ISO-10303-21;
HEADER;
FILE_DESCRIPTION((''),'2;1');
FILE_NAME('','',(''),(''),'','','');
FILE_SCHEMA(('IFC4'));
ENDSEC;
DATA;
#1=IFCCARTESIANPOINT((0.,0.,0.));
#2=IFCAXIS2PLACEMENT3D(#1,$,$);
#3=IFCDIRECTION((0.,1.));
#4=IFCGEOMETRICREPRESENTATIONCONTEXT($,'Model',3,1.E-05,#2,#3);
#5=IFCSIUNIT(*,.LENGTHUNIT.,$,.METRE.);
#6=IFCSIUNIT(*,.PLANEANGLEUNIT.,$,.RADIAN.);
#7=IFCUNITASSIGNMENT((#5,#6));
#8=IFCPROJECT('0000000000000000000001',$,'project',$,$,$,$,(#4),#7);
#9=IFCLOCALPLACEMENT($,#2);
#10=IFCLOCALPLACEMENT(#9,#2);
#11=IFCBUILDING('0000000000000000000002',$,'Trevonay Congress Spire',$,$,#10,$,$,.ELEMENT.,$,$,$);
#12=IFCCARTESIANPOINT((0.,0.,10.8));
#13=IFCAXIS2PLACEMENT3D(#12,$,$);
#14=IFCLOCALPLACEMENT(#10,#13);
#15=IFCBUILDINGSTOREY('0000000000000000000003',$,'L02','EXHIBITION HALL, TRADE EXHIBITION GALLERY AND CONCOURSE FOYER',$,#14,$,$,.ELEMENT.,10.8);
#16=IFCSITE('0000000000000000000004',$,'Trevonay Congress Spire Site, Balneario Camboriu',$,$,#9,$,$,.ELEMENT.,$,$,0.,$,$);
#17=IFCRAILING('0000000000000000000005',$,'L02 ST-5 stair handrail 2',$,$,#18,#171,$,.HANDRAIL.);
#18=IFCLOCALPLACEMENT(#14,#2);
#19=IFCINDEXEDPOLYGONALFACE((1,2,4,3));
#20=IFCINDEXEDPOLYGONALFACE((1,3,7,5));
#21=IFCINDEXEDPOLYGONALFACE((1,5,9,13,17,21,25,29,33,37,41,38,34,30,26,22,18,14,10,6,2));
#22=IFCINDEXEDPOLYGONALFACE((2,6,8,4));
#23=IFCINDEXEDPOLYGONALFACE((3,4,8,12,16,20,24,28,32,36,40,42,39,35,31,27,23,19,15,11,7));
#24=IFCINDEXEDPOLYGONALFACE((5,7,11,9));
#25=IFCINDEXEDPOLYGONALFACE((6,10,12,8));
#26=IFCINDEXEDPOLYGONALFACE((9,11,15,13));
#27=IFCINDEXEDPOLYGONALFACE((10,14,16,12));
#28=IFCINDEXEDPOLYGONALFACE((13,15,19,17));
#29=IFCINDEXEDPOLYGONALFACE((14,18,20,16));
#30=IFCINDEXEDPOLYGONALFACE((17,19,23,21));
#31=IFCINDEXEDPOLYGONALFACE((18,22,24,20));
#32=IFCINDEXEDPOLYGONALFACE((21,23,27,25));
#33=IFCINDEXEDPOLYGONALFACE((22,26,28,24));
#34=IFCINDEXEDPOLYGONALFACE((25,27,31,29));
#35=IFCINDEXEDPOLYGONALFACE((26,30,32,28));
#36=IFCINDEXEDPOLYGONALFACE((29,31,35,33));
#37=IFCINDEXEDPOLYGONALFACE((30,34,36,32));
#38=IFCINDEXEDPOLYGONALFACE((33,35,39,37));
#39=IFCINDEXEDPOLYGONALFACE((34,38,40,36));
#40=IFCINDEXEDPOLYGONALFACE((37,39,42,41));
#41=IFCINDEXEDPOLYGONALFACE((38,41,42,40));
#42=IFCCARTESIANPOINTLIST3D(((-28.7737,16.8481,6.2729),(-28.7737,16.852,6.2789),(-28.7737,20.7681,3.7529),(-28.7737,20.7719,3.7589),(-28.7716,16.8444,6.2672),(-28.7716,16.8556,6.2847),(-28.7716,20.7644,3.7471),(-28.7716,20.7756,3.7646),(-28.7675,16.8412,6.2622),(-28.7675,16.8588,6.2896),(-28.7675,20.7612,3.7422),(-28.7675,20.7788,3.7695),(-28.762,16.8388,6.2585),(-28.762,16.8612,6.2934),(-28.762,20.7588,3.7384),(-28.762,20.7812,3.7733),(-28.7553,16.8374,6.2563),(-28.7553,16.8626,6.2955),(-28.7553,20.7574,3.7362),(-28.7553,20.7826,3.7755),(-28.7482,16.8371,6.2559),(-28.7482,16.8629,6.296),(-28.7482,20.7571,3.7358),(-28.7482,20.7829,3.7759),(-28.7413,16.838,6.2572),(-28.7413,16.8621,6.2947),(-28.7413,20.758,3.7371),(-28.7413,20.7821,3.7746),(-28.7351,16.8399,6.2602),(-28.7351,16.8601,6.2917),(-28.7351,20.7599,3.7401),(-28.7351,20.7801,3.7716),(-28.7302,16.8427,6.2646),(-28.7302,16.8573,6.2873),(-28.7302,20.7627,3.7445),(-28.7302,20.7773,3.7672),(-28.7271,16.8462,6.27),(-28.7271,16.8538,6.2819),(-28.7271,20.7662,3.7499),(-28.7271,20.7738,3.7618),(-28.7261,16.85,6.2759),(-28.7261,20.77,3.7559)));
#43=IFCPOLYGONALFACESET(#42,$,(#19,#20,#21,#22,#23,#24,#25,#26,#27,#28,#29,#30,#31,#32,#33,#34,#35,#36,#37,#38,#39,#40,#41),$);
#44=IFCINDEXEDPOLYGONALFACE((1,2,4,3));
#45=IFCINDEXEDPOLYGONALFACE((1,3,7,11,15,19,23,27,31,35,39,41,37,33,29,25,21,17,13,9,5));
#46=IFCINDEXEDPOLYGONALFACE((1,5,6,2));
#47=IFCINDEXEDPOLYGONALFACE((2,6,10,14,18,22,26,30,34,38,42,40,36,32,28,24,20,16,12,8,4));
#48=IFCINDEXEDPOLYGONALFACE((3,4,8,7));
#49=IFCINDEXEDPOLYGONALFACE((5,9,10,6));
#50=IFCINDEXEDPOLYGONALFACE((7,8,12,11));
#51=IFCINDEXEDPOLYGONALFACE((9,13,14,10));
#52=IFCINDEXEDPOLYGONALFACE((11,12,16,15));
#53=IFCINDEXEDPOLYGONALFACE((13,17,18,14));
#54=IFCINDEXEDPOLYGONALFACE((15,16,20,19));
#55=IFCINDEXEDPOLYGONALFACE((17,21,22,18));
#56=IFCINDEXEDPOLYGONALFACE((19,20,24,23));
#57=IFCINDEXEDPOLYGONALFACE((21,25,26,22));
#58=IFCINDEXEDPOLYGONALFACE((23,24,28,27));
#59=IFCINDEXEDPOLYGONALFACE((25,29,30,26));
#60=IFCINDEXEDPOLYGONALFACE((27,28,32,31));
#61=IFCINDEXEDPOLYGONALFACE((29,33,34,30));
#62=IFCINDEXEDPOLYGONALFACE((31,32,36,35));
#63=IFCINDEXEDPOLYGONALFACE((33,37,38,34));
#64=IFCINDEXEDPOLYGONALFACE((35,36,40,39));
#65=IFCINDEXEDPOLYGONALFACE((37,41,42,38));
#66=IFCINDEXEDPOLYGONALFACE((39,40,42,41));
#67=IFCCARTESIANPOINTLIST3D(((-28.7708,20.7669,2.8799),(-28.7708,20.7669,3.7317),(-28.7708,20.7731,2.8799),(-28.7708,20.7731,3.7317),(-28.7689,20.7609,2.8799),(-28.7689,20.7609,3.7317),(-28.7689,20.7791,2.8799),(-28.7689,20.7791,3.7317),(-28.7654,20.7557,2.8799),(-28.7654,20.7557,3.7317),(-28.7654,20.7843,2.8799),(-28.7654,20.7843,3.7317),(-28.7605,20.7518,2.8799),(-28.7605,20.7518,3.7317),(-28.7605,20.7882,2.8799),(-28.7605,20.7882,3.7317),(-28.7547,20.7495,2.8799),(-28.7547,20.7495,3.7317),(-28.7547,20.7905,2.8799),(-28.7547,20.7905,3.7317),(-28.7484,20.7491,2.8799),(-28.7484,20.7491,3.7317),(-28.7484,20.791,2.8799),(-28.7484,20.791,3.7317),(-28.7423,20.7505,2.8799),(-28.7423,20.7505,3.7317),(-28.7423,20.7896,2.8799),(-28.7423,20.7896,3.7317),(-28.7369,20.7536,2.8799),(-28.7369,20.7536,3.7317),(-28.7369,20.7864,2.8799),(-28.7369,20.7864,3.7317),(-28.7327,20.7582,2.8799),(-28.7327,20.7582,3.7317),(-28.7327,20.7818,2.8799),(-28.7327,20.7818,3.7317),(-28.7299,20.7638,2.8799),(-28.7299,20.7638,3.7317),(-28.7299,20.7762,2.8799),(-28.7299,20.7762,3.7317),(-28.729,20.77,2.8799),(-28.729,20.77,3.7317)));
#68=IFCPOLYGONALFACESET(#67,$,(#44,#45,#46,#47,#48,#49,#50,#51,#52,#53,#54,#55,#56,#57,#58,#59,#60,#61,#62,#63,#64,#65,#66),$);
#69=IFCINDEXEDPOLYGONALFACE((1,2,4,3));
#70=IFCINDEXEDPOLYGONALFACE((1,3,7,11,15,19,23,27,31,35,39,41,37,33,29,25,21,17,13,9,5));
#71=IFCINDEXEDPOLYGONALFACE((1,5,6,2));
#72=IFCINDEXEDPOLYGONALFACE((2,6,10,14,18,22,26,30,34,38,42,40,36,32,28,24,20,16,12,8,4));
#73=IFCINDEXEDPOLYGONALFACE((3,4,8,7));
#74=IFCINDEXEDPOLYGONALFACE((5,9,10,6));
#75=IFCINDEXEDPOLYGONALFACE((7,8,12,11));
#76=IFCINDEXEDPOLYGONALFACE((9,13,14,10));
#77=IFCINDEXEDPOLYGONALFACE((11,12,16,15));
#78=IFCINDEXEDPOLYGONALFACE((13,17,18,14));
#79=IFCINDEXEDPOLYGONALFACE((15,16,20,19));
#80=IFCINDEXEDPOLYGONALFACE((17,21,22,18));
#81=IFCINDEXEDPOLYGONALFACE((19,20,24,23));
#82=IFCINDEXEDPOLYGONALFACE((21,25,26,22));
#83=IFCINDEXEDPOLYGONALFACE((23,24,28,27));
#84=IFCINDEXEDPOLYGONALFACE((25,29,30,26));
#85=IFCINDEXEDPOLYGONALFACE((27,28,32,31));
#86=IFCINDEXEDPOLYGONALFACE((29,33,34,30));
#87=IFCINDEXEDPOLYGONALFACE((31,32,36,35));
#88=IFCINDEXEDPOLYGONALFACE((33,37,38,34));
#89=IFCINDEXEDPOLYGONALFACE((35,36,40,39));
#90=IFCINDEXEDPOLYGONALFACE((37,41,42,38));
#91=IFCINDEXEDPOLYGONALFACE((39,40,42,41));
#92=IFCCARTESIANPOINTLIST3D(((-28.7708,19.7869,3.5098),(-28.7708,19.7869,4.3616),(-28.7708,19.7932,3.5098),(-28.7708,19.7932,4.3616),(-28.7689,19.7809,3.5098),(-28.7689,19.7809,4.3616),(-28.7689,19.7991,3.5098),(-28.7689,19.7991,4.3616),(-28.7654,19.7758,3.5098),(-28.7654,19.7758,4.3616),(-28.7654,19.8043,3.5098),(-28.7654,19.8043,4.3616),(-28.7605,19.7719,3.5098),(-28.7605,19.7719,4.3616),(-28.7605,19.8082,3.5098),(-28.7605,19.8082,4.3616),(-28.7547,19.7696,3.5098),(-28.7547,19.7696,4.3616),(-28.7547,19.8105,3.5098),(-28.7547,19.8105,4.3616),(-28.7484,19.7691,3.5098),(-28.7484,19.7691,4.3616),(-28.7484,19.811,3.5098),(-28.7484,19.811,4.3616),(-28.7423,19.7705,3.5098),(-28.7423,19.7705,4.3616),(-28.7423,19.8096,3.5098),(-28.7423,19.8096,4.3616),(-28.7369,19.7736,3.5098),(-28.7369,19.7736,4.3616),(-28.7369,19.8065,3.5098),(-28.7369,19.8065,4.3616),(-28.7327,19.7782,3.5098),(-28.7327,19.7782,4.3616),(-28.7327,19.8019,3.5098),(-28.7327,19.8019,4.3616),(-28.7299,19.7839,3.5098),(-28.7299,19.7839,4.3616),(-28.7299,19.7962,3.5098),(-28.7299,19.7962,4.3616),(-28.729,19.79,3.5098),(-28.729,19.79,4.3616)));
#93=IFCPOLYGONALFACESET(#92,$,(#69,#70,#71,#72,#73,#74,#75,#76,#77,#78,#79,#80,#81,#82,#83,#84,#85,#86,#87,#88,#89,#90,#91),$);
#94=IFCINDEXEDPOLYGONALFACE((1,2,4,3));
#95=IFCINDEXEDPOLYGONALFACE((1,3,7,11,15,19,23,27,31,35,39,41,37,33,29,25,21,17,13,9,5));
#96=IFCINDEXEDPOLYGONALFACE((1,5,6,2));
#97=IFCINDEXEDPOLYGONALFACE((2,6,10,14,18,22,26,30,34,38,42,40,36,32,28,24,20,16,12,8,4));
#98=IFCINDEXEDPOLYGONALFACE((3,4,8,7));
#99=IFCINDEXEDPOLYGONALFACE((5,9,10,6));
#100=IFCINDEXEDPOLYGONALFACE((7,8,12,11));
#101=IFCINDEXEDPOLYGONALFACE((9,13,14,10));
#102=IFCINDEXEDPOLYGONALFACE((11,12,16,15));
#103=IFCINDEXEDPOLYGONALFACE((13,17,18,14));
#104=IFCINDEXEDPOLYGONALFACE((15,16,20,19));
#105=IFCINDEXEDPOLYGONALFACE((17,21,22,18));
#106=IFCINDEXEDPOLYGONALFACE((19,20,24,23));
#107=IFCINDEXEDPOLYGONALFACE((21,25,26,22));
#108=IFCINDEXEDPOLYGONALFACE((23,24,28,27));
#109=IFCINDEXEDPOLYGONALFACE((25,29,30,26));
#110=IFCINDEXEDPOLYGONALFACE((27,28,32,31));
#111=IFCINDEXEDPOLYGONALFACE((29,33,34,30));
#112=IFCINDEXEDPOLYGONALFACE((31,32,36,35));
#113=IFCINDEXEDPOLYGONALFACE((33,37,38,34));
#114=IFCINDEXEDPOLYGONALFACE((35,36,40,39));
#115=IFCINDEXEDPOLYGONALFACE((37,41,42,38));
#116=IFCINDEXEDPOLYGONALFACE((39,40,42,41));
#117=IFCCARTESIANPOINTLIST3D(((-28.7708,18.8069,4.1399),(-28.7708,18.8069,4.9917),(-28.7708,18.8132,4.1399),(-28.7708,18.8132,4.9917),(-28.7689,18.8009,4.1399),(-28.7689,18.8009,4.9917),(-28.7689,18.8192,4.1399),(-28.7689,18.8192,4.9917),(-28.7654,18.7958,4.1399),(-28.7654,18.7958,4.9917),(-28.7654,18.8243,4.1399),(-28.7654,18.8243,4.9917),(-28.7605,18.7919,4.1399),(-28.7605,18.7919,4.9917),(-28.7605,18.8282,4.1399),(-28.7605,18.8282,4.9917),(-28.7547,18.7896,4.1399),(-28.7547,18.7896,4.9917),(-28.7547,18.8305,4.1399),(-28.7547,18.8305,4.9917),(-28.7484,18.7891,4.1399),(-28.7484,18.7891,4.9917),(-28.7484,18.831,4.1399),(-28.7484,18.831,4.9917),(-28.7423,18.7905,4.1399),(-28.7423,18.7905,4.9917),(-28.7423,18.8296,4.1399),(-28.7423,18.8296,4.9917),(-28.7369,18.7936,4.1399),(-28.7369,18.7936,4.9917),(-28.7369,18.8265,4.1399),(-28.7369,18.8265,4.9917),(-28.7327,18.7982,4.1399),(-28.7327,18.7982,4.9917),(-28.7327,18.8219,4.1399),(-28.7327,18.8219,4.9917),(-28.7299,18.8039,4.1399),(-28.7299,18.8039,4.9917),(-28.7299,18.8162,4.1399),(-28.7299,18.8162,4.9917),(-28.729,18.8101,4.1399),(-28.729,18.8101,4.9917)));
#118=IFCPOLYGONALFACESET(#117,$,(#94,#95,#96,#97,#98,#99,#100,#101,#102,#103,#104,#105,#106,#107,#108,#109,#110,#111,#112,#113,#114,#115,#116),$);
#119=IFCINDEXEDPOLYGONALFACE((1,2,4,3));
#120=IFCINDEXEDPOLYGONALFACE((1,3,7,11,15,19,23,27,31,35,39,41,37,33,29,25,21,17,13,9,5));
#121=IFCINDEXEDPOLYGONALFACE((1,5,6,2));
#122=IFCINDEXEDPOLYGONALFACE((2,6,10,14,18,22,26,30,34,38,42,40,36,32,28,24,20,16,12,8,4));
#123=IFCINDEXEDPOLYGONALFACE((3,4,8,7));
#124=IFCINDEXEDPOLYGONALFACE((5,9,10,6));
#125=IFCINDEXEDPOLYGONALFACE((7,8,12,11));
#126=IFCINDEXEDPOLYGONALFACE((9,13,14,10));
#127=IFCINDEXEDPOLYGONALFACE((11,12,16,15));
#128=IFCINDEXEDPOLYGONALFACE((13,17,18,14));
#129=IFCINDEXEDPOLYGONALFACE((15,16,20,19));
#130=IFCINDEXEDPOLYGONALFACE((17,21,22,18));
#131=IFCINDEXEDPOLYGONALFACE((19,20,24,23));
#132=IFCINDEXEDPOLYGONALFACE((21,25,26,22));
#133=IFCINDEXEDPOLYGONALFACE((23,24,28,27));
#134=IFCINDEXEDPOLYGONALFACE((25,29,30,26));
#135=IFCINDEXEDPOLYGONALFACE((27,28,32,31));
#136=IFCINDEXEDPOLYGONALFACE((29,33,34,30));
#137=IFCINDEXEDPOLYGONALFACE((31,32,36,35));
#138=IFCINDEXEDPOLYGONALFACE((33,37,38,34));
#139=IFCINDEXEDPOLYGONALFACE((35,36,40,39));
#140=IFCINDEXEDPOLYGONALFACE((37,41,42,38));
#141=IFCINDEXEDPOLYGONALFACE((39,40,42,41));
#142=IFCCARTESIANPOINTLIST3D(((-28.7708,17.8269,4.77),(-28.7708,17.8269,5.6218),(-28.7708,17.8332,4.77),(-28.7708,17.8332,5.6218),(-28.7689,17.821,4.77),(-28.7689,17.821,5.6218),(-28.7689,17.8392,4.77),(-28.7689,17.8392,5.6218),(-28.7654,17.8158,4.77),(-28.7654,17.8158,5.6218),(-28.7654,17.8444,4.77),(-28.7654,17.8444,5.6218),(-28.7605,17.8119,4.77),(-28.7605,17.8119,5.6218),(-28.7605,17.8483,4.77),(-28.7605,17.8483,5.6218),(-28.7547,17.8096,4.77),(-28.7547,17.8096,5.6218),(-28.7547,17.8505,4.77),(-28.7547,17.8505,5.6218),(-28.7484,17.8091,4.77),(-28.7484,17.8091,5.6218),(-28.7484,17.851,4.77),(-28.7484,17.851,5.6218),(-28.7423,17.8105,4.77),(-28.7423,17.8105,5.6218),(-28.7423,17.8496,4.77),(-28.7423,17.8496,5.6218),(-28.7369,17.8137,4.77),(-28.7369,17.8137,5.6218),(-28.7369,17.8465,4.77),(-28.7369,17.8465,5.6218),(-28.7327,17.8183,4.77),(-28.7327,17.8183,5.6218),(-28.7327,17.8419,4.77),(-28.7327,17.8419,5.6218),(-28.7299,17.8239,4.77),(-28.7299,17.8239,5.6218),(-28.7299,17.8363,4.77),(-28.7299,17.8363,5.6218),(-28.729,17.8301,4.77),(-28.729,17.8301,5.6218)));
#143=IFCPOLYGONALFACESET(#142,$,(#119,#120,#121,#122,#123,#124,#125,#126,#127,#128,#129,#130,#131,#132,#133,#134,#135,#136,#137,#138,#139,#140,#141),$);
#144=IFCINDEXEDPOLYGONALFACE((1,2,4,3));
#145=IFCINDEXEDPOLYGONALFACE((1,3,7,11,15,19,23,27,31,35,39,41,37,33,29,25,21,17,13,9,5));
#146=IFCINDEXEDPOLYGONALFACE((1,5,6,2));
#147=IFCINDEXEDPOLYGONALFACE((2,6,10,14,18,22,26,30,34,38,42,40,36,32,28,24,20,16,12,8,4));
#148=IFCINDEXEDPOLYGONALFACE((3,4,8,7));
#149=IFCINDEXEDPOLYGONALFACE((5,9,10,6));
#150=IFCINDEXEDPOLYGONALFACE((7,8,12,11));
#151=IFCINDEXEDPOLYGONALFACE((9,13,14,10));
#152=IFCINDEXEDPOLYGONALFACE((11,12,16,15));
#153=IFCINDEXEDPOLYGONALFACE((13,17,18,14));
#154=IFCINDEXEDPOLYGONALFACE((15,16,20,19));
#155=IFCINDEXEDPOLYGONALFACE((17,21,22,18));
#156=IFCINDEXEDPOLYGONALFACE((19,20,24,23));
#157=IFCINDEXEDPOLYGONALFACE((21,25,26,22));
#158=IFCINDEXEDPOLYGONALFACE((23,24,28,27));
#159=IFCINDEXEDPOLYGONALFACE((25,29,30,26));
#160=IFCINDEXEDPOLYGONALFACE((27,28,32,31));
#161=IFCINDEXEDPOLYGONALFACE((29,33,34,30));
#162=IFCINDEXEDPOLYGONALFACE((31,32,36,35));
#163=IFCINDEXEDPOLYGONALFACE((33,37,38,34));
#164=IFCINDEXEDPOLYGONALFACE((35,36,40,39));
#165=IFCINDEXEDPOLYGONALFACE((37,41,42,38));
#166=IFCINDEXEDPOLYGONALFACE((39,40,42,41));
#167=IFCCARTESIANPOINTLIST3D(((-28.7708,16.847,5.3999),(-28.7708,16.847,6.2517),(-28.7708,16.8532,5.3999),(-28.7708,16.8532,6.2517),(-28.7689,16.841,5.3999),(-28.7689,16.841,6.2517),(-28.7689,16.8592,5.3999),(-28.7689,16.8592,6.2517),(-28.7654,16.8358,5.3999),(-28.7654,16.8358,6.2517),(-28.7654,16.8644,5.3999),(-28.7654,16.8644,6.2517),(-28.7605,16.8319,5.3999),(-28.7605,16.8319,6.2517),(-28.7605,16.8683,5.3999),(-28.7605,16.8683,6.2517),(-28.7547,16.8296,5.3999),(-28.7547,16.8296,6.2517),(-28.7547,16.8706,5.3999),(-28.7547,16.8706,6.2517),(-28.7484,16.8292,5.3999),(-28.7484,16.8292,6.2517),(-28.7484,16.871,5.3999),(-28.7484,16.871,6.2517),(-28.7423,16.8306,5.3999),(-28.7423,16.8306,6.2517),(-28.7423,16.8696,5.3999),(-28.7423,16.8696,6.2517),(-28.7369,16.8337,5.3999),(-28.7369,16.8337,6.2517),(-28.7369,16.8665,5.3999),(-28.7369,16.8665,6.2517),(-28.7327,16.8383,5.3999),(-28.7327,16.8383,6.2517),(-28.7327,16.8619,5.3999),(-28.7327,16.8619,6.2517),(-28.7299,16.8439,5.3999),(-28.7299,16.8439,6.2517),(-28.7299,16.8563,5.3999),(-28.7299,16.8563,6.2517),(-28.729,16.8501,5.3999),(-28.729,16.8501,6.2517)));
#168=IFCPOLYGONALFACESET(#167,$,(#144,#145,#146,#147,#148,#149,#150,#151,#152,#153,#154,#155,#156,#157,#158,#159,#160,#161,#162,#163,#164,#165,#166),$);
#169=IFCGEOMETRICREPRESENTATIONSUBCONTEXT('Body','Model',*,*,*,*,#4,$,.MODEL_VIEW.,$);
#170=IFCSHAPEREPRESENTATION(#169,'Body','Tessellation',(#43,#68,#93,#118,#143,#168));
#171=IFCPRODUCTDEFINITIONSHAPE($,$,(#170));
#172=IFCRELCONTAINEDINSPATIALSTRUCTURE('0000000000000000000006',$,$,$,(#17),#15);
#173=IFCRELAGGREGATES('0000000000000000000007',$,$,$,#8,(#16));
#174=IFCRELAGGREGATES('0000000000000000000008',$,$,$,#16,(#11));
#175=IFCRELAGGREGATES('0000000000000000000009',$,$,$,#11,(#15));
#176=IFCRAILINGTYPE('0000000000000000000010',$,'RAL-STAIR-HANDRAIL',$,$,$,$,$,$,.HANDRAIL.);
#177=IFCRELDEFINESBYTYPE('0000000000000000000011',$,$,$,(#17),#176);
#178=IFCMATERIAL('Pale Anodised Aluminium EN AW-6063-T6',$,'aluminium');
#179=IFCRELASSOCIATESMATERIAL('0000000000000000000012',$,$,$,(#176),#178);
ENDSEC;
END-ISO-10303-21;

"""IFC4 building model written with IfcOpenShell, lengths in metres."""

from ifc_helpers import new_model, si_unit, direction, frame, origin, origin_2d, place, context, subcontext, project, spatial, circle, extrude, material, type_object, element, save


model = new_model("IFC4")

# Units and contexts
model_context = context("Model", 3, precision=1e-05, world=origin(), true_north=direction((0.0, 1.0)))
body_context = subcontext(model_context, "Body", "Model", "MODEL_VIEW")
ifc_project = project(units=[si_unit("LENGTHUNIT", "METRE"), si_unit("PLANEANGLEUNIT", "RADIAN")], contexts=[model_context])

# Site, building, storey
site_placement = place(None, origin())
site = spatial("IfcSite", under=ifc_project, at=site_placement, Name="Trevonay Congress Spire Site, Balneario Camboriu", CompositionType="ELEMENT", RefElevation=0.0)
building_placement = place(site_placement, origin())
building = spatial("IfcBuilding", under=site, at=building_placement, Name="Trevonay Congress Spire", CompositionType="ELEMENT")
storey_placement = place(building_placement, frame((0.0, 0.0, 10.8)))
storey = spatial("IfcBuildingStorey", under=building, at=storey_placement, Name="L02", Description="EXHIBITION HALL, TRADE EXHIBITION GALLERY AND CONCOURSE FOYER", CompositionType="ELEMENT", Elevation=10.8)

# Shared definitions
ifc_material_1 = material(Name="Pale Anodised Aluminium EN AW-6063-T6", Category="aluminium")

# Railing
railing_type_1 = type_object("IfcRailingType", Name="RAL-STAIR-HANDRAIL", PredefinedType="HANDRAIL", material=ifc_material_1)
railing_1_placement = place(storey_placement, frame((-28.75, 20.77, 2.8799)))
element("IfcRailing", 1, at=railing_1_placement, inside=storey, type_object=railing_type_1, Name="L02 ST-5 stair handrail 2", PredefinedType="HANDRAIL", context=body_context, shape_type="SweptSolid", body=[
    extrude(circle(Radius=0.0239, at=origin_2d()), frame((0.0, 0.0, 0.876), z_axis=(0.0, -0.841172, 0.540768), x_axis=(1.0, 0.0, 0.0)), (0.0, 0.0, 1.0), 4.6602),
    extrude(circle(Radius=0.021, at=origin_2d()), origin(), (0.0, 0.0, 1.0), 0.8518),
    extrude(circle(Radius=0.021, at=origin_2d()), frame((0.0, -0.98, 0.6299)), (0.0, 0.0, 1.0), 0.8518),
    extrude(circle(Radius=0.021, at=origin_2d()), frame((0.0, -1.96, 1.26)), (0.0, 0.0, 1.0), 0.8518),
    extrude(circle(Radius=0.021, at=origin_2d()), frame((0.0, -2.9399, 1.8901)), (0.0, 0.0, 1.0), 0.8518),
    extrude(circle(Radius=0.021, at=origin_2d()), frame((0.0, -3.9199, 2.52)), (0.0, 0.0, 1.0), 0.8518),
])

save(model, "model.ifc")
